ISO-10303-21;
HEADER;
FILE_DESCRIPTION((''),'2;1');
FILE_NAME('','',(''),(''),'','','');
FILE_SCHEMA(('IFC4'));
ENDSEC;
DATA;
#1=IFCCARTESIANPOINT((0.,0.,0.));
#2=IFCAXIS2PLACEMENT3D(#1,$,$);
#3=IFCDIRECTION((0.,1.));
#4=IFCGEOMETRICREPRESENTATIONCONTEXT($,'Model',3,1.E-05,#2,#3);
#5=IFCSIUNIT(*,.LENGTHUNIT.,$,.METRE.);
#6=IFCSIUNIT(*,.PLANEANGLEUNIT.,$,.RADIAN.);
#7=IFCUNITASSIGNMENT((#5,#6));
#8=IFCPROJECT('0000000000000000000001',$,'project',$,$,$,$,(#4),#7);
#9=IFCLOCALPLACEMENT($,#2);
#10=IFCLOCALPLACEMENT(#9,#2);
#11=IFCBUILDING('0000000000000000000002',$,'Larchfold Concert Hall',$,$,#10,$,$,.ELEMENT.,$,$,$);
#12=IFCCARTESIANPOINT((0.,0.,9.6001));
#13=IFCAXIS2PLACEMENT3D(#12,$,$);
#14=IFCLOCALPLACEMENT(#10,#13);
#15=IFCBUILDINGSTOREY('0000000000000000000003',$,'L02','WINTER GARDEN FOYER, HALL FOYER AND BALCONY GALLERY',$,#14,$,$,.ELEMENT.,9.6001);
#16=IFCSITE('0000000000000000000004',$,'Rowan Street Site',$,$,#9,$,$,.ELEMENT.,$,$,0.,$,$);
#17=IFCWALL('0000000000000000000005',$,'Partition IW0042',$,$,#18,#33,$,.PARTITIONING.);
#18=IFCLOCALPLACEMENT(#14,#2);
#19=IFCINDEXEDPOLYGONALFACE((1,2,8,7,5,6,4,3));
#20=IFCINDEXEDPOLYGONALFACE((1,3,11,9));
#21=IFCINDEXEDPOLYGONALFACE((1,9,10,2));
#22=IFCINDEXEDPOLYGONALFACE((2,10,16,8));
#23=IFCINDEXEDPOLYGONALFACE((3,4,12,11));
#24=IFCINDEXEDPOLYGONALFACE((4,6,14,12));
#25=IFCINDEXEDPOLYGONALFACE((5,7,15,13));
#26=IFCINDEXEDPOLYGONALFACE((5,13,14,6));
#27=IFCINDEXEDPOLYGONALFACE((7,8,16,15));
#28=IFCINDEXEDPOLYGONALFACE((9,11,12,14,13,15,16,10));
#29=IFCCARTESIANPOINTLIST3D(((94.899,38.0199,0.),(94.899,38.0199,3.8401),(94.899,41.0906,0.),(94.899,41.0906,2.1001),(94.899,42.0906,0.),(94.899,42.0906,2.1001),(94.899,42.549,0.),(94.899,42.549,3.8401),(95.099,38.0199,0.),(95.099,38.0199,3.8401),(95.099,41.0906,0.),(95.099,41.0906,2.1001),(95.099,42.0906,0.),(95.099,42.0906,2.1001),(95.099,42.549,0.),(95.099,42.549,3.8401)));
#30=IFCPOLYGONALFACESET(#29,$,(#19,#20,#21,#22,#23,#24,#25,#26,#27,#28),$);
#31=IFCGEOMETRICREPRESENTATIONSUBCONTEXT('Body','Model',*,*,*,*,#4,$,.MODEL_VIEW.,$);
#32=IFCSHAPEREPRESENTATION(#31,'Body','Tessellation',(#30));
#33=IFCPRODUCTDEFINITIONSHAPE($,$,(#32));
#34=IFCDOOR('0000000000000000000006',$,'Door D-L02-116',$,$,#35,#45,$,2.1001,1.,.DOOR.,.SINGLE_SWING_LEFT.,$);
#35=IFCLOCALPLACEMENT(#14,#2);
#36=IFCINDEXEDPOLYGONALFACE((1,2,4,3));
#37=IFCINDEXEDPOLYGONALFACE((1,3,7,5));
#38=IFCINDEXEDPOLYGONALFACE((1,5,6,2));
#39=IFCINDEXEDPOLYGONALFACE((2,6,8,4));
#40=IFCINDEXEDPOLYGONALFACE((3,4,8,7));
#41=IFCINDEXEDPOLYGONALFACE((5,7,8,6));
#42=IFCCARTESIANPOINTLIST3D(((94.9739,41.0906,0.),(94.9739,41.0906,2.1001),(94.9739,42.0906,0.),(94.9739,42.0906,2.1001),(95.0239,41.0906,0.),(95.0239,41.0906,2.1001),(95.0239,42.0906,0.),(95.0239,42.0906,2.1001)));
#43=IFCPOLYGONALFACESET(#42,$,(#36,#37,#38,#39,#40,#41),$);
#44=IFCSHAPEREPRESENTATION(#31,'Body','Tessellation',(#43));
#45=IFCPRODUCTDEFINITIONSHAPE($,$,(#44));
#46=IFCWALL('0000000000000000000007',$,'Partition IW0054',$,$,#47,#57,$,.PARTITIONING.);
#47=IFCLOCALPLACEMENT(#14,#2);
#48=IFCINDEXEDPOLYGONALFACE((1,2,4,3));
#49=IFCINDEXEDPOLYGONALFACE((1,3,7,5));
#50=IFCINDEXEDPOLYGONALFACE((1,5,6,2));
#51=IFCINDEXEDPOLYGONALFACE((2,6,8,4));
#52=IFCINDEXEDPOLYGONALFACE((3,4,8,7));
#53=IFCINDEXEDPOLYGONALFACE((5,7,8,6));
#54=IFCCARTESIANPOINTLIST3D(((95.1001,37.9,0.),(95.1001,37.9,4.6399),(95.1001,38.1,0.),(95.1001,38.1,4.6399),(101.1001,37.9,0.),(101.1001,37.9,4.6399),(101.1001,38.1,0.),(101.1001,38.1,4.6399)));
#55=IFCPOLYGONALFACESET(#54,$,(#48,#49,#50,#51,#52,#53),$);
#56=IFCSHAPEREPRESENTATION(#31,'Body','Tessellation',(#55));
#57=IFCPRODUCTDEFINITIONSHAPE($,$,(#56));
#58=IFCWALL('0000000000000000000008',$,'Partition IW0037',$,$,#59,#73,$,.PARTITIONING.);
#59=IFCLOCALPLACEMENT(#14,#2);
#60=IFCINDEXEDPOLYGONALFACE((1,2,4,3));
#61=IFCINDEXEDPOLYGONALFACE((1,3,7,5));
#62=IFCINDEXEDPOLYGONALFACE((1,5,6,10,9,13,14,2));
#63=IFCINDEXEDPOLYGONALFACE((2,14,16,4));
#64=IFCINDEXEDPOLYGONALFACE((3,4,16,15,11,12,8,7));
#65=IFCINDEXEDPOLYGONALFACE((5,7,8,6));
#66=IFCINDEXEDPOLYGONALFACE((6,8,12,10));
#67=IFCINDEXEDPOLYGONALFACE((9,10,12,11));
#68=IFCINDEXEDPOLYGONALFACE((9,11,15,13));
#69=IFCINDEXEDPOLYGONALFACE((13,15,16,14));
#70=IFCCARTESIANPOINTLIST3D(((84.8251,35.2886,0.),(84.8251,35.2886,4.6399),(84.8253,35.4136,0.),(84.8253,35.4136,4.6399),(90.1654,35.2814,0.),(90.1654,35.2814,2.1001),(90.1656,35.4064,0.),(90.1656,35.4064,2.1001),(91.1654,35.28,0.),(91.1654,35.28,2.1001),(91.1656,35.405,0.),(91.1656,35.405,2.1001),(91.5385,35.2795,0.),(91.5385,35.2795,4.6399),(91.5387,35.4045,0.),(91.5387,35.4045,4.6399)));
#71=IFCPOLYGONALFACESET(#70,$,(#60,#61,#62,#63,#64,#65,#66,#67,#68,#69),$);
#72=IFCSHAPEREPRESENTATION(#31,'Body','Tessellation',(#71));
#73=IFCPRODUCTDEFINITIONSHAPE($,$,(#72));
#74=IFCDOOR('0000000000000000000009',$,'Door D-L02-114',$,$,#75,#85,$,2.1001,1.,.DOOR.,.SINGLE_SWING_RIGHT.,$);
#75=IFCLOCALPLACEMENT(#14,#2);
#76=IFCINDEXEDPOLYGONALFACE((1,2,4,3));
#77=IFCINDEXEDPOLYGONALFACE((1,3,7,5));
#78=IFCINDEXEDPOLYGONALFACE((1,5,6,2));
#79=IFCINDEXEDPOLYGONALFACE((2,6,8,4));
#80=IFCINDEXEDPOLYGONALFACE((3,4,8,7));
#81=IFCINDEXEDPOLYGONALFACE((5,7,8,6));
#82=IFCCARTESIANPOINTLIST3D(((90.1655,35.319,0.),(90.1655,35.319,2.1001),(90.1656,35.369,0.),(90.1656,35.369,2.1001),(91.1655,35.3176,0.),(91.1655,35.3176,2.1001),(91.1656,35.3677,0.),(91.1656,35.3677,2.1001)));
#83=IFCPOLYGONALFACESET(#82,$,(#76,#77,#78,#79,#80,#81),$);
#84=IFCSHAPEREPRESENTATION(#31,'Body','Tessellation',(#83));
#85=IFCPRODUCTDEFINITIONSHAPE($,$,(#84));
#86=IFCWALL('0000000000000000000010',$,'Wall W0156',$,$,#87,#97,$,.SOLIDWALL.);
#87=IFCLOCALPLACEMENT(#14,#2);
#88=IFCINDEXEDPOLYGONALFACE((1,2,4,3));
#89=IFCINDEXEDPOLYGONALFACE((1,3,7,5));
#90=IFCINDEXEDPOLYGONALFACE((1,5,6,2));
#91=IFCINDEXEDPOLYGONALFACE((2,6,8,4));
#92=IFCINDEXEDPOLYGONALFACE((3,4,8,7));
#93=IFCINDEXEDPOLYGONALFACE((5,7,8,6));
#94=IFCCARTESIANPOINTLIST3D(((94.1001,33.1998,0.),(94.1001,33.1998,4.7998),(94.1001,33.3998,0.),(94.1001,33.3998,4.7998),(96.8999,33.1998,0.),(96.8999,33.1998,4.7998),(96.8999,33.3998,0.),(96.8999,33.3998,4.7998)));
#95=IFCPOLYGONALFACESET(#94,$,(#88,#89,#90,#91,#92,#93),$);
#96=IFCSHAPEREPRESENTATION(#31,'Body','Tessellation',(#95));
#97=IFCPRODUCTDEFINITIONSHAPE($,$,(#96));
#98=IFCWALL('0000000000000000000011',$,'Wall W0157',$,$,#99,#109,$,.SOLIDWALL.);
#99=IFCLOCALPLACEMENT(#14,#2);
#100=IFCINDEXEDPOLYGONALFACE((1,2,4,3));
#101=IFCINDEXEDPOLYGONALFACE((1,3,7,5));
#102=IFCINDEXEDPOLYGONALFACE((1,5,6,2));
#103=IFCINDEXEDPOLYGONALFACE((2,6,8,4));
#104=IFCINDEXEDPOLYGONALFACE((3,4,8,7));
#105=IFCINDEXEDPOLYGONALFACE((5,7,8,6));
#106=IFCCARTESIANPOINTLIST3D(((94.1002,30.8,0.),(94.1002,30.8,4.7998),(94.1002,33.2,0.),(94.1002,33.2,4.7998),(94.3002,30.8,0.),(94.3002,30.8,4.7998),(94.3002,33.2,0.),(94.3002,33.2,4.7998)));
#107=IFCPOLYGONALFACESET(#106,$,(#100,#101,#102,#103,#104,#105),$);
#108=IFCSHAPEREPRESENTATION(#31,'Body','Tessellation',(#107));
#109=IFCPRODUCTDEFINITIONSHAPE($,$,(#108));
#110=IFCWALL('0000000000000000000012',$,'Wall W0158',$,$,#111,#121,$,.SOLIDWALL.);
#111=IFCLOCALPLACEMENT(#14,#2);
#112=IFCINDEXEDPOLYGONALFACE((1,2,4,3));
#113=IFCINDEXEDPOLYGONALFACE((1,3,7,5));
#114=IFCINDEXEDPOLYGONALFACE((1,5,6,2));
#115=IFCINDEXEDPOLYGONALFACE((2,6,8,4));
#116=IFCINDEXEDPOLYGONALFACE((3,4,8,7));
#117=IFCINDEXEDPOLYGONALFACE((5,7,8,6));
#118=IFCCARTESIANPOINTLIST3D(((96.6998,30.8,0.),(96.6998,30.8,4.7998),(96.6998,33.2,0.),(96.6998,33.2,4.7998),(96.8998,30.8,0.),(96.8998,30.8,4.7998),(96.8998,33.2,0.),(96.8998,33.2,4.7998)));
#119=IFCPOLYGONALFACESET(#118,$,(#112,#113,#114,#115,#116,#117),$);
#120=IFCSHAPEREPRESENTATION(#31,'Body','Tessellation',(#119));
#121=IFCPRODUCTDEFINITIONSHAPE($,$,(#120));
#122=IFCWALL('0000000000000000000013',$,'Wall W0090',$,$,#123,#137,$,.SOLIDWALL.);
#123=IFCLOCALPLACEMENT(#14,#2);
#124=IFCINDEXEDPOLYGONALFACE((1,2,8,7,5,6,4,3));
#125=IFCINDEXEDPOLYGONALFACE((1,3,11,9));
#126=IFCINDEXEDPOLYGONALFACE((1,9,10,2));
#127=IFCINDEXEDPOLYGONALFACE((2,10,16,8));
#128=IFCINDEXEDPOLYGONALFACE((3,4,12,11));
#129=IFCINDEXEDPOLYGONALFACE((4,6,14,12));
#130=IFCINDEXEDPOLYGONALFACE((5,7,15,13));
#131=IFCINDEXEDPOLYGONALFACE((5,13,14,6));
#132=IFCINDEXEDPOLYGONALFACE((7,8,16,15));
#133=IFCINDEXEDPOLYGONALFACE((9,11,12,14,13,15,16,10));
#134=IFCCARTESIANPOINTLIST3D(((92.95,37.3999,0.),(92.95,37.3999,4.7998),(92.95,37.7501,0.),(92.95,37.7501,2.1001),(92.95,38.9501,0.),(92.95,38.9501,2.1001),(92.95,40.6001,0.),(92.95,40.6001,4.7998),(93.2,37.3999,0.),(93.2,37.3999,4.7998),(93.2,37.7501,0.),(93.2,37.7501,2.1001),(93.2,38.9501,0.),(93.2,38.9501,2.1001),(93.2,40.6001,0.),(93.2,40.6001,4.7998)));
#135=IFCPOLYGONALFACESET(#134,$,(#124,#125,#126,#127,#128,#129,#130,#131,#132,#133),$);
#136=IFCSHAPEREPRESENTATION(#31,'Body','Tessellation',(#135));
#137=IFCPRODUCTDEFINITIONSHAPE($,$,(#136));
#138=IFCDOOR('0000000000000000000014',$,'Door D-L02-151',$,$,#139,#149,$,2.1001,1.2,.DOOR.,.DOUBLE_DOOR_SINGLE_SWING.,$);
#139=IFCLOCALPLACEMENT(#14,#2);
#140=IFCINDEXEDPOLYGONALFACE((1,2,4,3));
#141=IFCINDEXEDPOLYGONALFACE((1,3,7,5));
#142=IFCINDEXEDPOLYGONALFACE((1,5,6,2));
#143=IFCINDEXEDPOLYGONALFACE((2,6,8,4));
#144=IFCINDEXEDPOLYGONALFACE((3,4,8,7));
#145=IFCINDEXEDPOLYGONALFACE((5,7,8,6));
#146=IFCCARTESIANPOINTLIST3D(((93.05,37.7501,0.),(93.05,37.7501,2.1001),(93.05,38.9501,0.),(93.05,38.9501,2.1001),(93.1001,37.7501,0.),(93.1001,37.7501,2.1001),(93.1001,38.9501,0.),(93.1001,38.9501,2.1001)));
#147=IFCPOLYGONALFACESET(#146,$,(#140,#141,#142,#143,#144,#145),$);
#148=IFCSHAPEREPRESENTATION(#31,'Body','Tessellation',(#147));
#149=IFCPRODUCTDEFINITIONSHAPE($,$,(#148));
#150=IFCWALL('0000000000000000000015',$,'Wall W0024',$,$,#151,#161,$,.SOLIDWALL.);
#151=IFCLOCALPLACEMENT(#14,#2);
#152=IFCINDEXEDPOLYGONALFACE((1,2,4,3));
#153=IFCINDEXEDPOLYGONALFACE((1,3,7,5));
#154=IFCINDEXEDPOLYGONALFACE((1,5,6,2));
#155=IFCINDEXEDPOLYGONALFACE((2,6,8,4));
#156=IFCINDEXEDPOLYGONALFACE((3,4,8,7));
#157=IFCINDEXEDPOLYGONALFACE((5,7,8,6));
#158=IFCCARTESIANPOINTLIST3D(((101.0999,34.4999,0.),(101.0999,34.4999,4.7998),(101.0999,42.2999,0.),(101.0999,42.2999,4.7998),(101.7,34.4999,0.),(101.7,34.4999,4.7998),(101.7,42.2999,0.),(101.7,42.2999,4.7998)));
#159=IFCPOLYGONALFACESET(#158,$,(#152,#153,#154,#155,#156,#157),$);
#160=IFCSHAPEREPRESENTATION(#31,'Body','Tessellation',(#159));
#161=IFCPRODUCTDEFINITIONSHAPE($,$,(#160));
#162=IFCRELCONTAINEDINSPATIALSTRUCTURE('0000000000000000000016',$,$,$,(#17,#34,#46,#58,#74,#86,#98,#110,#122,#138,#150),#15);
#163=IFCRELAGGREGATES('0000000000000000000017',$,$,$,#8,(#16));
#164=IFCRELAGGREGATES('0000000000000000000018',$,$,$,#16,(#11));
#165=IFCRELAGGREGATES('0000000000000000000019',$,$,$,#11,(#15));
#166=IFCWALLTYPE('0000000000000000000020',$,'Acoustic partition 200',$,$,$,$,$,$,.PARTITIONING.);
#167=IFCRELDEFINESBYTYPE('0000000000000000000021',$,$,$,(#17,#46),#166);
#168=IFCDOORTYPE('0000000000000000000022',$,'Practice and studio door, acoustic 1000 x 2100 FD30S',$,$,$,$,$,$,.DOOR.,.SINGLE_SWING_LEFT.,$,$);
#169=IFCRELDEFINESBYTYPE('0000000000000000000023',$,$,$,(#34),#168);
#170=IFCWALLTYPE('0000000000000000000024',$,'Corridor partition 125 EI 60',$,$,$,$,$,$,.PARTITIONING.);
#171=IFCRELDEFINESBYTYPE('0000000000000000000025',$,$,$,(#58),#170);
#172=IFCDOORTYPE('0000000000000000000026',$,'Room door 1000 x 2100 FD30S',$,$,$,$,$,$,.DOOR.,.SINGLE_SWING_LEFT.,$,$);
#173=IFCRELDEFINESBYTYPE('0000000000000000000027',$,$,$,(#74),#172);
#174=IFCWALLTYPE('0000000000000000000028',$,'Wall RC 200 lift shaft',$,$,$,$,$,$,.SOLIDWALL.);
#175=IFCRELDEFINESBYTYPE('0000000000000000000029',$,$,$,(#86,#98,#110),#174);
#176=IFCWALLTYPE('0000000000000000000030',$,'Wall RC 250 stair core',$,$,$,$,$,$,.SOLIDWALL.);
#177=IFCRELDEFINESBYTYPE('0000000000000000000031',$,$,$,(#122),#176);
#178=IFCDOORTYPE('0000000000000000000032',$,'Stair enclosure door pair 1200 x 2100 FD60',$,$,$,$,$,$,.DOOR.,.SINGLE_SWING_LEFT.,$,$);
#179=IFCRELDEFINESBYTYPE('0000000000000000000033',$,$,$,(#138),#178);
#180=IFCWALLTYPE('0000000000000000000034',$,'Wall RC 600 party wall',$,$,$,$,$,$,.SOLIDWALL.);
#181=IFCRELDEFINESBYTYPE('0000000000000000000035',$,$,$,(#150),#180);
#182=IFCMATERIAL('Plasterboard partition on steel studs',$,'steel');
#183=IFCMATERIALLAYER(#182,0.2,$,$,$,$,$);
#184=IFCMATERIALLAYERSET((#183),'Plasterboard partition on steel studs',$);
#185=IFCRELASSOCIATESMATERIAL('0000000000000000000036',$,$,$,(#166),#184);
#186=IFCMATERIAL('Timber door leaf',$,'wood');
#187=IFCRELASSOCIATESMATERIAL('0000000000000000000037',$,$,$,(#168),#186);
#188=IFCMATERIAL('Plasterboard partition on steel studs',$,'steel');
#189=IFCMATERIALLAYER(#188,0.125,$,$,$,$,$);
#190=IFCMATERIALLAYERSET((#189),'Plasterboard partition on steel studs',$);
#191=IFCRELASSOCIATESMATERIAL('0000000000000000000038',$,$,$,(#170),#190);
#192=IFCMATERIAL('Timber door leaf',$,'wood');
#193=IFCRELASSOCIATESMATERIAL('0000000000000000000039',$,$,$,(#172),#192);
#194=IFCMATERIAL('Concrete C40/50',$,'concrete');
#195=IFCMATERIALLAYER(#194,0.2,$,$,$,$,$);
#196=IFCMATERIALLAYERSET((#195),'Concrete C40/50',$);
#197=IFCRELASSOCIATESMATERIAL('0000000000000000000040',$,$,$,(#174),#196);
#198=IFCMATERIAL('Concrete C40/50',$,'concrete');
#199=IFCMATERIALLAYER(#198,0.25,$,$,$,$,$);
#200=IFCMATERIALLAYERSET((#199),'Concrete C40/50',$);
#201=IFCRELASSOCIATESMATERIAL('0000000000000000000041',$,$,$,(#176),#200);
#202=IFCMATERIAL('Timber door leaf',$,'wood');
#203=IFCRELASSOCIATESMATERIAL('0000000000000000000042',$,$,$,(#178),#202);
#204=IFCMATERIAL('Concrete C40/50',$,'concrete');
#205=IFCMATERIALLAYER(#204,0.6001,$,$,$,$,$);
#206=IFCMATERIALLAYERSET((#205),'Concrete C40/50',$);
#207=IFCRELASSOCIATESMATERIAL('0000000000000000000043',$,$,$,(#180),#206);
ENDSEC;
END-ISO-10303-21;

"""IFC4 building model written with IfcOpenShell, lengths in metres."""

from ifc_helpers import new_model, si_unit, direction, frame, frame_2d, origin, place, context, subcontext, project, spatial, rectangle, extrude, material, layer, layer_set, type_object, element, fill, save


model = new_model("IFC4")

# Units and contexts
model_context = context("Model", 3, precision=1e-05, world=origin(), true_north=direction((0.0, 1.0)))
body_context = subcontext(model_context, "Body", "Model", "MODEL_VIEW")
ifc_project = project(units=[si_unit("LENGTHUNIT", "METRE"), si_unit("PLANEANGLEUNIT", "RADIAN")], contexts=[model_context])

# Site, building, storey
site_placement = place(None, origin())
site = spatial("IfcSite", under=ifc_project, at=site_placement, Name="Rowan Street Site", CompositionType="ELEMENT", RefElevation=0.0)
building_placement = place(site_placement, origin())
building = spatial("IfcBuilding", under=site, at=building_placement, Name="Larchfold Concert Hall", CompositionType="ELEMENT")
storey_placement = place(building_placement, frame((0.0, 0.0, 9.6001)))
storey = spatial("IfcBuildingStorey", under=building, at=storey_placement, Name="L02", Description="WINTER GARDEN FOYER, HALL FOYER AND BALCONY GALLERY", CompositionType="ELEMENT", Elevation=9.6001)

# Shared definitions
ifc_material_1 = material(Name="Plasterboard partition on steel studs", Category="steel")
ifc_layer_1 = layer(ifc_material_1, 0.2)
ifc_layer_set_1 = layer_set([ifc_layer_1], Name="Plasterboard partition on steel studs")
wall_type_1 = type_object("IfcWallType", Name="Acoustic partition 200", PredefinedType="PARTITIONING", material=ifc_layer_set_1)

# Shared definitions
ifc_material_2 = material(Name="Timber door leaf", Category="wood")
door_type_1 = type_object("IfcDoorType", Name="Practice and studio door, acoustic 1000 x 2100 FD30S", OperationType="SINGLE_SWING_LEFT", PredefinedType="DOOR", material=ifc_material_2)

# Wall, opening, door
wall_1_placement = place(storey_placement, frame((94.999, 42.5491, 0.0), z_axis=(0.0, 0.0, 1.0), x_axis=(0.0, -1.0, 0.0)))
wall_1 = element("IfcWall", 1, at=wall_1_placement, inside=storey, type_object=wall_type_1, Name="Partition IW0042", PredefinedType="PARTITIONING", context=body_context, shape_type="SweptSolid", body=[
    extrude(rectangle(XDim=4.5291, YDim=0.2, at=frame_2d((2.2646, 0.0))), origin(), (0.0, 0.0, 1.0), 3.8401),
])
opening_1_placement = place(wall_1_placement, frame((0.4585, 0.0, 0.0)))
opening_1 = element("IfcOpeningElement", 2, at=opening_1_placement, cuts=wall_1, PredefinedType="OPENING", context=body_context, shape_type="SweptSolid", body=[
    extrude(rectangle(XDim=1.0, YDim=2.1001, at=frame_2d((0.5, 1.05))), frame((0.0, 0.1099, 0.0), z_axis=(0.0, -1.0, 0.0), x_axis=(1.0, 0.0, 0.0)), (0.0, 0.0, 1.0), 0.22),
])
door_1_placement = place(opening_1_placement, origin())
door_1 = element("IfcDoor", 3, at=door_1_placement, inside=storey, type_object=door_type_1, Name="Door D-L02-116", OperationType="SINGLE_SWING_LEFT", OverallHeight=2.1001, OverallWidth=1.0, PredefinedType="DOOR", context=body_context, shape_type="SweptSolid", body=[
    extrude(rectangle(XDim=1.0, YDim=2.1001, at=frame_2d((0.5, 1.05))), frame((0.0, 0.0249, 0.0), z_axis=(0.0, -1.0, 0.0), x_axis=(1.0, 0.0, 0.0)), (0.0, 0.0, 1.0), 0.05),
])
fill(opening_1, door_1)

# Wall
wall_2_placement = place(storey_placement, frame((95.1001, 38.0, 0.0), z_axis=(0.0, 0.0, 1.0), x_axis=(1.0, 0.0, 0.0)))
element("IfcWall", 4, at=wall_2_placement, inside=storey, type_object=wall_type_1, Name="Partition IW0054", PredefinedType="PARTITIONING", context=body_context, shape_type="SweptSolid", body=[
    extrude(rectangle(XDim=6.0, YDim=0.2, at=frame_2d((3.0, 0.0))), origin(), (0.0, 0.0, 1.0), 4.6399),
])

# Wall, opening, door
ifc_material_3 = material(Name="Plasterboard partition on steel studs", Category="steel")
ifc_layer_2 = layer(ifc_material_3, 0.125)
ifc_layer_set_2 = layer_set([ifc_layer_2], Name="Plasterboard partition on steel studs")
wall_type_2 = type_object("IfcWallType", Name="Corridor partition 125 EI 60", PredefinedType="PARTITIONING", material=ifc_layer_set_2)
wall_3_placement = place(storey_placement, frame((91.5386, 35.342, 0.0), z_axis=(0.0, 0.0, 1.0), x_axis=(-0.999999, 0.001346, 0.0)))
wall_3 = element("IfcWall", 5, at=wall_3_placement, inside=storey, type_object=wall_type_2, Name="Partition IW0037", PredefinedType="PARTITIONING", context=body_context, shape_type="SweptSolid", body=[
    extrude(rectangle(XDim=6.7134, YDim=0.125, at=frame_2d((3.3567, 0.0))), origin(), (0.0, 0.0, 1.0), 4.6399),
])
opening_2_placement = place(wall_3_placement, frame((0.373, 0.0, 0.0)))
opening_2 = element("IfcOpeningElement", 6, at=opening_2_placement, cuts=wall_3, PredefinedType="OPENING", context=body_context, shape_type="SweptSolid", body=[
    extrude(rectangle(XDim=1.0, YDim=2.1001, at=frame_2d((0.5, 1.05))), frame((0.0, 0.0725, 0.0), z_axis=(0.0, -1.0, 0.0), x_axis=(1.0, 0.0, 0.0)), (0.0, 0.0, 1.0), 0.145),
])
ifc_material_4 = material(Name="Timber door leaf", Category="wood")
door_type_2 = type_object("IfcDoorType", Name="Room door 1000 x 2100 FD30S", OperationType="SINGLE_SWING_LEFT", PredefinedType="DOOR", material=ifc_material_4)
door_2_placement = place(opening_2_placement, origin())
door_2 = element("IfcDoor", 7, at=door_2_placement, inside=storey, type_object=door_type_2, Name="Door D-L02-114", OperationType="SINGLE_SWING_RIGHT", OverallHeight=2.1001, OverallWidth=1.0, PredefinedType="DOOR", context=body_context, shape_type="SweptSolid", body=[
    extrude(rectangle(XDim=1.0, YDim=2.1001, at=frame_2d((0.5, 1.05))), frame((0.0, 0.0249, 0.0), z_axis=(0.0, -1.0, 0.0), x_axis=(1.0, 0.0, 0.0)), (0.0, 0.0, 1.0), 0.05),
])
fill(opening_2, door_2)

# Walls
ifc_material_5 = material(Name="Concrete C40/50", Category="concrete")
ifc_layer_3 = layer(ifc_material_5, 0.2)
ifc_layer_set_3 = layer_set([ifc_layer_3], Name="Concrete C40/50")
wall_type_3 = type_object("IfcWallType", Name="Wall RC 200 lift shaft", PredefinedType="SOLIDWALL", material=ifc_layer_set_3)
wall_4_placement = place(storey_placement, frame((94.1001, 33.2998, 0.0), z_axis=(0.0, 0.0, 1.0), x_axis=(1.0, 0.0, 0.0)))
element("IfcWall", 8, at=wall_4_placement, inside=storey, type_object=wall_type_3, Name="Wall W0156", PredefinedType="SOLIDWALL", context=body_context, shape_type="SweptSolid", body=[
    extrude(rectangle(XDim=2.7998, YDim=0.2, at=frame_2d((1.3999, 0.0))), origin(), (0.0, 0.0, 1.0), 4.7998),
])
for number, where, z_axis, x_axis, name in (
    (9, (94.2002, 30.8, 0.0), (0.0, 0.0, 1.0), (0.0, 1.0, 0.0), "Wall W0157"),
    (10, (96.7998, 30.8, 0.0), (0.0, 0.0, 1.0), (0.0, 1.0, 0.0), "Wall W0158"),
):
    element("IfcWall", number, at=place(storey_placement, frame(where, z_axis=z_axis, x_axis=x_axis)), inside=storey, type_object=wall_type_3, Name=name, PredefinedType="SOLIDWALL", context=body_context, shape_type="SweptSolid", body=[
        extrude(rectangle(XDim=2.3999, YDim=0.2, at=frame_2d((1.2, 0.0))), origin(), (0.0, 0.0, 1.0), 4.7998),
    ])

# Wall, opening, door
ifc_material_6 = material(Name="Concrete C40/50", Category="concrete")
ifc_layer_4 = layer(ifc_material_6, 0.25)
ifc_layer_set_4 = layer_set([ifc_layer_4], Name="Concrete C40/50")
wall_type_4 = type_object("IfcWallType", Name="Wall RC 250 stair core", PredefinedType="SOLIDWALL", material=ifc_layer_set_4)
wall_5_placement = place(storey_placement, frame((93.075, 37.3999, 0.0), z_axis=(0.0, 0.0, 1.0), x_axis=(0.0, 1.0, 0.0)))
wall_5 = element("IfcWall", 11, at=wall_5_placement, inside=storey, type_object=wall_type_4, Name="Wall W0090", PredefinedType="SOLIDWALL", context=body_context, shape_type="SweptSolid", body=[
    extrude(rectangle(XDim=3.2002, YDim=0.25, at=frame_2d((1.6001, 0.0))), origin(), (0.0, 0.0, 1.0), 4.7998),
])
opening_3_placement = place(wall_5_placement, frame((0.3501, 0.0, 0.0)))
opening_3 = element("IfcOpeningElement", 12, at=opening_3_placement, cuts=wall_5, PredefinedType="OPENING", context=body_context, shape_type="SweptSolid", body=[
    extrude(rectangle(XDim=1.2, YDim=2.1001, at=frame_2d((0.6001, 1.05))), frame((0.0, 0.135, 0.0), z_axis=(0.0, -1.0, 0.0), x_axis=(1.0, 0.0, 0.0)), (0.0, 0.0, 1.0), 0.27),
])
ifc_material_7 = material(Name="Timber door leaf", Category="wood")
door_type_3 = type_object("IfcDoorType", Name="Stair enclosure door pair 1200 x 2100 FD60", OperationType="SINGLE_SWING_LEFT", PredefinedType="DOOR", material=ifc_material_7)
door_3_placement = place(opening_3_placement, origin())
door_3 = element("IfcDoor", 13, at=door_3_placement, inside=storey, type_object=door_type_3, Name="Door D-L02-151", OperationType="DOUBLE_DOOR_SINGLE_SWING", OverallHeight=2.1001, OverallWidth=1.2, PredefinedType="DOOR", context=body_context, shape_type="SweptSolid", body=[
    extrude(rectangle(XDim=1.2, YDim=2.1001, at=frame_2d((0.6001, 1.05))), frame((0.0, 0.0249, 0.0), z_axis=(0.0, -1.0, 0.0), x_axis=(1.0, 0.0, 0.0)), (0.0, 0.0, 1.0), 0.05),
])
fill(opening_3, door_3)

# Wall
ifc_material_8 = material(Name="Concrete C40/50", Category="concrete")
ifc_layer_5 = layer(ifc_material_8, 0.6001)
ifc_layer_set_5 = layer_set([ifc_layer_5], Name="Concrete C40/50")
wall_type_5 = type_object("IfcWallType", Name="Wall RC 600 party wall", PredefinedType="SOLIDWALL", material=ifc_layer_set_5)
wall_6_placement = place(storey_placement, frame((101.3999, 34.5, 0.0), z_axis=(0.0, 0.0, 1.0), x_axis=(0.0, 1.0, 0.0)))
element("IfcWall", 14, at=wall_6_placement, inside=storey, type_object=wall_type_5, Name="Wall W0024", PredefinedType="SOLIDWALL", context=body_context, shape_type="SweptSolid", body=[
    extrude(rectangle(XDim=7.8, YDim=0.6001, at=frame_2d((3.8999, 0.0))), origin(), (0.0, 0.0, 1.0), 4.7998),
])

save(model, "model.ifc")
